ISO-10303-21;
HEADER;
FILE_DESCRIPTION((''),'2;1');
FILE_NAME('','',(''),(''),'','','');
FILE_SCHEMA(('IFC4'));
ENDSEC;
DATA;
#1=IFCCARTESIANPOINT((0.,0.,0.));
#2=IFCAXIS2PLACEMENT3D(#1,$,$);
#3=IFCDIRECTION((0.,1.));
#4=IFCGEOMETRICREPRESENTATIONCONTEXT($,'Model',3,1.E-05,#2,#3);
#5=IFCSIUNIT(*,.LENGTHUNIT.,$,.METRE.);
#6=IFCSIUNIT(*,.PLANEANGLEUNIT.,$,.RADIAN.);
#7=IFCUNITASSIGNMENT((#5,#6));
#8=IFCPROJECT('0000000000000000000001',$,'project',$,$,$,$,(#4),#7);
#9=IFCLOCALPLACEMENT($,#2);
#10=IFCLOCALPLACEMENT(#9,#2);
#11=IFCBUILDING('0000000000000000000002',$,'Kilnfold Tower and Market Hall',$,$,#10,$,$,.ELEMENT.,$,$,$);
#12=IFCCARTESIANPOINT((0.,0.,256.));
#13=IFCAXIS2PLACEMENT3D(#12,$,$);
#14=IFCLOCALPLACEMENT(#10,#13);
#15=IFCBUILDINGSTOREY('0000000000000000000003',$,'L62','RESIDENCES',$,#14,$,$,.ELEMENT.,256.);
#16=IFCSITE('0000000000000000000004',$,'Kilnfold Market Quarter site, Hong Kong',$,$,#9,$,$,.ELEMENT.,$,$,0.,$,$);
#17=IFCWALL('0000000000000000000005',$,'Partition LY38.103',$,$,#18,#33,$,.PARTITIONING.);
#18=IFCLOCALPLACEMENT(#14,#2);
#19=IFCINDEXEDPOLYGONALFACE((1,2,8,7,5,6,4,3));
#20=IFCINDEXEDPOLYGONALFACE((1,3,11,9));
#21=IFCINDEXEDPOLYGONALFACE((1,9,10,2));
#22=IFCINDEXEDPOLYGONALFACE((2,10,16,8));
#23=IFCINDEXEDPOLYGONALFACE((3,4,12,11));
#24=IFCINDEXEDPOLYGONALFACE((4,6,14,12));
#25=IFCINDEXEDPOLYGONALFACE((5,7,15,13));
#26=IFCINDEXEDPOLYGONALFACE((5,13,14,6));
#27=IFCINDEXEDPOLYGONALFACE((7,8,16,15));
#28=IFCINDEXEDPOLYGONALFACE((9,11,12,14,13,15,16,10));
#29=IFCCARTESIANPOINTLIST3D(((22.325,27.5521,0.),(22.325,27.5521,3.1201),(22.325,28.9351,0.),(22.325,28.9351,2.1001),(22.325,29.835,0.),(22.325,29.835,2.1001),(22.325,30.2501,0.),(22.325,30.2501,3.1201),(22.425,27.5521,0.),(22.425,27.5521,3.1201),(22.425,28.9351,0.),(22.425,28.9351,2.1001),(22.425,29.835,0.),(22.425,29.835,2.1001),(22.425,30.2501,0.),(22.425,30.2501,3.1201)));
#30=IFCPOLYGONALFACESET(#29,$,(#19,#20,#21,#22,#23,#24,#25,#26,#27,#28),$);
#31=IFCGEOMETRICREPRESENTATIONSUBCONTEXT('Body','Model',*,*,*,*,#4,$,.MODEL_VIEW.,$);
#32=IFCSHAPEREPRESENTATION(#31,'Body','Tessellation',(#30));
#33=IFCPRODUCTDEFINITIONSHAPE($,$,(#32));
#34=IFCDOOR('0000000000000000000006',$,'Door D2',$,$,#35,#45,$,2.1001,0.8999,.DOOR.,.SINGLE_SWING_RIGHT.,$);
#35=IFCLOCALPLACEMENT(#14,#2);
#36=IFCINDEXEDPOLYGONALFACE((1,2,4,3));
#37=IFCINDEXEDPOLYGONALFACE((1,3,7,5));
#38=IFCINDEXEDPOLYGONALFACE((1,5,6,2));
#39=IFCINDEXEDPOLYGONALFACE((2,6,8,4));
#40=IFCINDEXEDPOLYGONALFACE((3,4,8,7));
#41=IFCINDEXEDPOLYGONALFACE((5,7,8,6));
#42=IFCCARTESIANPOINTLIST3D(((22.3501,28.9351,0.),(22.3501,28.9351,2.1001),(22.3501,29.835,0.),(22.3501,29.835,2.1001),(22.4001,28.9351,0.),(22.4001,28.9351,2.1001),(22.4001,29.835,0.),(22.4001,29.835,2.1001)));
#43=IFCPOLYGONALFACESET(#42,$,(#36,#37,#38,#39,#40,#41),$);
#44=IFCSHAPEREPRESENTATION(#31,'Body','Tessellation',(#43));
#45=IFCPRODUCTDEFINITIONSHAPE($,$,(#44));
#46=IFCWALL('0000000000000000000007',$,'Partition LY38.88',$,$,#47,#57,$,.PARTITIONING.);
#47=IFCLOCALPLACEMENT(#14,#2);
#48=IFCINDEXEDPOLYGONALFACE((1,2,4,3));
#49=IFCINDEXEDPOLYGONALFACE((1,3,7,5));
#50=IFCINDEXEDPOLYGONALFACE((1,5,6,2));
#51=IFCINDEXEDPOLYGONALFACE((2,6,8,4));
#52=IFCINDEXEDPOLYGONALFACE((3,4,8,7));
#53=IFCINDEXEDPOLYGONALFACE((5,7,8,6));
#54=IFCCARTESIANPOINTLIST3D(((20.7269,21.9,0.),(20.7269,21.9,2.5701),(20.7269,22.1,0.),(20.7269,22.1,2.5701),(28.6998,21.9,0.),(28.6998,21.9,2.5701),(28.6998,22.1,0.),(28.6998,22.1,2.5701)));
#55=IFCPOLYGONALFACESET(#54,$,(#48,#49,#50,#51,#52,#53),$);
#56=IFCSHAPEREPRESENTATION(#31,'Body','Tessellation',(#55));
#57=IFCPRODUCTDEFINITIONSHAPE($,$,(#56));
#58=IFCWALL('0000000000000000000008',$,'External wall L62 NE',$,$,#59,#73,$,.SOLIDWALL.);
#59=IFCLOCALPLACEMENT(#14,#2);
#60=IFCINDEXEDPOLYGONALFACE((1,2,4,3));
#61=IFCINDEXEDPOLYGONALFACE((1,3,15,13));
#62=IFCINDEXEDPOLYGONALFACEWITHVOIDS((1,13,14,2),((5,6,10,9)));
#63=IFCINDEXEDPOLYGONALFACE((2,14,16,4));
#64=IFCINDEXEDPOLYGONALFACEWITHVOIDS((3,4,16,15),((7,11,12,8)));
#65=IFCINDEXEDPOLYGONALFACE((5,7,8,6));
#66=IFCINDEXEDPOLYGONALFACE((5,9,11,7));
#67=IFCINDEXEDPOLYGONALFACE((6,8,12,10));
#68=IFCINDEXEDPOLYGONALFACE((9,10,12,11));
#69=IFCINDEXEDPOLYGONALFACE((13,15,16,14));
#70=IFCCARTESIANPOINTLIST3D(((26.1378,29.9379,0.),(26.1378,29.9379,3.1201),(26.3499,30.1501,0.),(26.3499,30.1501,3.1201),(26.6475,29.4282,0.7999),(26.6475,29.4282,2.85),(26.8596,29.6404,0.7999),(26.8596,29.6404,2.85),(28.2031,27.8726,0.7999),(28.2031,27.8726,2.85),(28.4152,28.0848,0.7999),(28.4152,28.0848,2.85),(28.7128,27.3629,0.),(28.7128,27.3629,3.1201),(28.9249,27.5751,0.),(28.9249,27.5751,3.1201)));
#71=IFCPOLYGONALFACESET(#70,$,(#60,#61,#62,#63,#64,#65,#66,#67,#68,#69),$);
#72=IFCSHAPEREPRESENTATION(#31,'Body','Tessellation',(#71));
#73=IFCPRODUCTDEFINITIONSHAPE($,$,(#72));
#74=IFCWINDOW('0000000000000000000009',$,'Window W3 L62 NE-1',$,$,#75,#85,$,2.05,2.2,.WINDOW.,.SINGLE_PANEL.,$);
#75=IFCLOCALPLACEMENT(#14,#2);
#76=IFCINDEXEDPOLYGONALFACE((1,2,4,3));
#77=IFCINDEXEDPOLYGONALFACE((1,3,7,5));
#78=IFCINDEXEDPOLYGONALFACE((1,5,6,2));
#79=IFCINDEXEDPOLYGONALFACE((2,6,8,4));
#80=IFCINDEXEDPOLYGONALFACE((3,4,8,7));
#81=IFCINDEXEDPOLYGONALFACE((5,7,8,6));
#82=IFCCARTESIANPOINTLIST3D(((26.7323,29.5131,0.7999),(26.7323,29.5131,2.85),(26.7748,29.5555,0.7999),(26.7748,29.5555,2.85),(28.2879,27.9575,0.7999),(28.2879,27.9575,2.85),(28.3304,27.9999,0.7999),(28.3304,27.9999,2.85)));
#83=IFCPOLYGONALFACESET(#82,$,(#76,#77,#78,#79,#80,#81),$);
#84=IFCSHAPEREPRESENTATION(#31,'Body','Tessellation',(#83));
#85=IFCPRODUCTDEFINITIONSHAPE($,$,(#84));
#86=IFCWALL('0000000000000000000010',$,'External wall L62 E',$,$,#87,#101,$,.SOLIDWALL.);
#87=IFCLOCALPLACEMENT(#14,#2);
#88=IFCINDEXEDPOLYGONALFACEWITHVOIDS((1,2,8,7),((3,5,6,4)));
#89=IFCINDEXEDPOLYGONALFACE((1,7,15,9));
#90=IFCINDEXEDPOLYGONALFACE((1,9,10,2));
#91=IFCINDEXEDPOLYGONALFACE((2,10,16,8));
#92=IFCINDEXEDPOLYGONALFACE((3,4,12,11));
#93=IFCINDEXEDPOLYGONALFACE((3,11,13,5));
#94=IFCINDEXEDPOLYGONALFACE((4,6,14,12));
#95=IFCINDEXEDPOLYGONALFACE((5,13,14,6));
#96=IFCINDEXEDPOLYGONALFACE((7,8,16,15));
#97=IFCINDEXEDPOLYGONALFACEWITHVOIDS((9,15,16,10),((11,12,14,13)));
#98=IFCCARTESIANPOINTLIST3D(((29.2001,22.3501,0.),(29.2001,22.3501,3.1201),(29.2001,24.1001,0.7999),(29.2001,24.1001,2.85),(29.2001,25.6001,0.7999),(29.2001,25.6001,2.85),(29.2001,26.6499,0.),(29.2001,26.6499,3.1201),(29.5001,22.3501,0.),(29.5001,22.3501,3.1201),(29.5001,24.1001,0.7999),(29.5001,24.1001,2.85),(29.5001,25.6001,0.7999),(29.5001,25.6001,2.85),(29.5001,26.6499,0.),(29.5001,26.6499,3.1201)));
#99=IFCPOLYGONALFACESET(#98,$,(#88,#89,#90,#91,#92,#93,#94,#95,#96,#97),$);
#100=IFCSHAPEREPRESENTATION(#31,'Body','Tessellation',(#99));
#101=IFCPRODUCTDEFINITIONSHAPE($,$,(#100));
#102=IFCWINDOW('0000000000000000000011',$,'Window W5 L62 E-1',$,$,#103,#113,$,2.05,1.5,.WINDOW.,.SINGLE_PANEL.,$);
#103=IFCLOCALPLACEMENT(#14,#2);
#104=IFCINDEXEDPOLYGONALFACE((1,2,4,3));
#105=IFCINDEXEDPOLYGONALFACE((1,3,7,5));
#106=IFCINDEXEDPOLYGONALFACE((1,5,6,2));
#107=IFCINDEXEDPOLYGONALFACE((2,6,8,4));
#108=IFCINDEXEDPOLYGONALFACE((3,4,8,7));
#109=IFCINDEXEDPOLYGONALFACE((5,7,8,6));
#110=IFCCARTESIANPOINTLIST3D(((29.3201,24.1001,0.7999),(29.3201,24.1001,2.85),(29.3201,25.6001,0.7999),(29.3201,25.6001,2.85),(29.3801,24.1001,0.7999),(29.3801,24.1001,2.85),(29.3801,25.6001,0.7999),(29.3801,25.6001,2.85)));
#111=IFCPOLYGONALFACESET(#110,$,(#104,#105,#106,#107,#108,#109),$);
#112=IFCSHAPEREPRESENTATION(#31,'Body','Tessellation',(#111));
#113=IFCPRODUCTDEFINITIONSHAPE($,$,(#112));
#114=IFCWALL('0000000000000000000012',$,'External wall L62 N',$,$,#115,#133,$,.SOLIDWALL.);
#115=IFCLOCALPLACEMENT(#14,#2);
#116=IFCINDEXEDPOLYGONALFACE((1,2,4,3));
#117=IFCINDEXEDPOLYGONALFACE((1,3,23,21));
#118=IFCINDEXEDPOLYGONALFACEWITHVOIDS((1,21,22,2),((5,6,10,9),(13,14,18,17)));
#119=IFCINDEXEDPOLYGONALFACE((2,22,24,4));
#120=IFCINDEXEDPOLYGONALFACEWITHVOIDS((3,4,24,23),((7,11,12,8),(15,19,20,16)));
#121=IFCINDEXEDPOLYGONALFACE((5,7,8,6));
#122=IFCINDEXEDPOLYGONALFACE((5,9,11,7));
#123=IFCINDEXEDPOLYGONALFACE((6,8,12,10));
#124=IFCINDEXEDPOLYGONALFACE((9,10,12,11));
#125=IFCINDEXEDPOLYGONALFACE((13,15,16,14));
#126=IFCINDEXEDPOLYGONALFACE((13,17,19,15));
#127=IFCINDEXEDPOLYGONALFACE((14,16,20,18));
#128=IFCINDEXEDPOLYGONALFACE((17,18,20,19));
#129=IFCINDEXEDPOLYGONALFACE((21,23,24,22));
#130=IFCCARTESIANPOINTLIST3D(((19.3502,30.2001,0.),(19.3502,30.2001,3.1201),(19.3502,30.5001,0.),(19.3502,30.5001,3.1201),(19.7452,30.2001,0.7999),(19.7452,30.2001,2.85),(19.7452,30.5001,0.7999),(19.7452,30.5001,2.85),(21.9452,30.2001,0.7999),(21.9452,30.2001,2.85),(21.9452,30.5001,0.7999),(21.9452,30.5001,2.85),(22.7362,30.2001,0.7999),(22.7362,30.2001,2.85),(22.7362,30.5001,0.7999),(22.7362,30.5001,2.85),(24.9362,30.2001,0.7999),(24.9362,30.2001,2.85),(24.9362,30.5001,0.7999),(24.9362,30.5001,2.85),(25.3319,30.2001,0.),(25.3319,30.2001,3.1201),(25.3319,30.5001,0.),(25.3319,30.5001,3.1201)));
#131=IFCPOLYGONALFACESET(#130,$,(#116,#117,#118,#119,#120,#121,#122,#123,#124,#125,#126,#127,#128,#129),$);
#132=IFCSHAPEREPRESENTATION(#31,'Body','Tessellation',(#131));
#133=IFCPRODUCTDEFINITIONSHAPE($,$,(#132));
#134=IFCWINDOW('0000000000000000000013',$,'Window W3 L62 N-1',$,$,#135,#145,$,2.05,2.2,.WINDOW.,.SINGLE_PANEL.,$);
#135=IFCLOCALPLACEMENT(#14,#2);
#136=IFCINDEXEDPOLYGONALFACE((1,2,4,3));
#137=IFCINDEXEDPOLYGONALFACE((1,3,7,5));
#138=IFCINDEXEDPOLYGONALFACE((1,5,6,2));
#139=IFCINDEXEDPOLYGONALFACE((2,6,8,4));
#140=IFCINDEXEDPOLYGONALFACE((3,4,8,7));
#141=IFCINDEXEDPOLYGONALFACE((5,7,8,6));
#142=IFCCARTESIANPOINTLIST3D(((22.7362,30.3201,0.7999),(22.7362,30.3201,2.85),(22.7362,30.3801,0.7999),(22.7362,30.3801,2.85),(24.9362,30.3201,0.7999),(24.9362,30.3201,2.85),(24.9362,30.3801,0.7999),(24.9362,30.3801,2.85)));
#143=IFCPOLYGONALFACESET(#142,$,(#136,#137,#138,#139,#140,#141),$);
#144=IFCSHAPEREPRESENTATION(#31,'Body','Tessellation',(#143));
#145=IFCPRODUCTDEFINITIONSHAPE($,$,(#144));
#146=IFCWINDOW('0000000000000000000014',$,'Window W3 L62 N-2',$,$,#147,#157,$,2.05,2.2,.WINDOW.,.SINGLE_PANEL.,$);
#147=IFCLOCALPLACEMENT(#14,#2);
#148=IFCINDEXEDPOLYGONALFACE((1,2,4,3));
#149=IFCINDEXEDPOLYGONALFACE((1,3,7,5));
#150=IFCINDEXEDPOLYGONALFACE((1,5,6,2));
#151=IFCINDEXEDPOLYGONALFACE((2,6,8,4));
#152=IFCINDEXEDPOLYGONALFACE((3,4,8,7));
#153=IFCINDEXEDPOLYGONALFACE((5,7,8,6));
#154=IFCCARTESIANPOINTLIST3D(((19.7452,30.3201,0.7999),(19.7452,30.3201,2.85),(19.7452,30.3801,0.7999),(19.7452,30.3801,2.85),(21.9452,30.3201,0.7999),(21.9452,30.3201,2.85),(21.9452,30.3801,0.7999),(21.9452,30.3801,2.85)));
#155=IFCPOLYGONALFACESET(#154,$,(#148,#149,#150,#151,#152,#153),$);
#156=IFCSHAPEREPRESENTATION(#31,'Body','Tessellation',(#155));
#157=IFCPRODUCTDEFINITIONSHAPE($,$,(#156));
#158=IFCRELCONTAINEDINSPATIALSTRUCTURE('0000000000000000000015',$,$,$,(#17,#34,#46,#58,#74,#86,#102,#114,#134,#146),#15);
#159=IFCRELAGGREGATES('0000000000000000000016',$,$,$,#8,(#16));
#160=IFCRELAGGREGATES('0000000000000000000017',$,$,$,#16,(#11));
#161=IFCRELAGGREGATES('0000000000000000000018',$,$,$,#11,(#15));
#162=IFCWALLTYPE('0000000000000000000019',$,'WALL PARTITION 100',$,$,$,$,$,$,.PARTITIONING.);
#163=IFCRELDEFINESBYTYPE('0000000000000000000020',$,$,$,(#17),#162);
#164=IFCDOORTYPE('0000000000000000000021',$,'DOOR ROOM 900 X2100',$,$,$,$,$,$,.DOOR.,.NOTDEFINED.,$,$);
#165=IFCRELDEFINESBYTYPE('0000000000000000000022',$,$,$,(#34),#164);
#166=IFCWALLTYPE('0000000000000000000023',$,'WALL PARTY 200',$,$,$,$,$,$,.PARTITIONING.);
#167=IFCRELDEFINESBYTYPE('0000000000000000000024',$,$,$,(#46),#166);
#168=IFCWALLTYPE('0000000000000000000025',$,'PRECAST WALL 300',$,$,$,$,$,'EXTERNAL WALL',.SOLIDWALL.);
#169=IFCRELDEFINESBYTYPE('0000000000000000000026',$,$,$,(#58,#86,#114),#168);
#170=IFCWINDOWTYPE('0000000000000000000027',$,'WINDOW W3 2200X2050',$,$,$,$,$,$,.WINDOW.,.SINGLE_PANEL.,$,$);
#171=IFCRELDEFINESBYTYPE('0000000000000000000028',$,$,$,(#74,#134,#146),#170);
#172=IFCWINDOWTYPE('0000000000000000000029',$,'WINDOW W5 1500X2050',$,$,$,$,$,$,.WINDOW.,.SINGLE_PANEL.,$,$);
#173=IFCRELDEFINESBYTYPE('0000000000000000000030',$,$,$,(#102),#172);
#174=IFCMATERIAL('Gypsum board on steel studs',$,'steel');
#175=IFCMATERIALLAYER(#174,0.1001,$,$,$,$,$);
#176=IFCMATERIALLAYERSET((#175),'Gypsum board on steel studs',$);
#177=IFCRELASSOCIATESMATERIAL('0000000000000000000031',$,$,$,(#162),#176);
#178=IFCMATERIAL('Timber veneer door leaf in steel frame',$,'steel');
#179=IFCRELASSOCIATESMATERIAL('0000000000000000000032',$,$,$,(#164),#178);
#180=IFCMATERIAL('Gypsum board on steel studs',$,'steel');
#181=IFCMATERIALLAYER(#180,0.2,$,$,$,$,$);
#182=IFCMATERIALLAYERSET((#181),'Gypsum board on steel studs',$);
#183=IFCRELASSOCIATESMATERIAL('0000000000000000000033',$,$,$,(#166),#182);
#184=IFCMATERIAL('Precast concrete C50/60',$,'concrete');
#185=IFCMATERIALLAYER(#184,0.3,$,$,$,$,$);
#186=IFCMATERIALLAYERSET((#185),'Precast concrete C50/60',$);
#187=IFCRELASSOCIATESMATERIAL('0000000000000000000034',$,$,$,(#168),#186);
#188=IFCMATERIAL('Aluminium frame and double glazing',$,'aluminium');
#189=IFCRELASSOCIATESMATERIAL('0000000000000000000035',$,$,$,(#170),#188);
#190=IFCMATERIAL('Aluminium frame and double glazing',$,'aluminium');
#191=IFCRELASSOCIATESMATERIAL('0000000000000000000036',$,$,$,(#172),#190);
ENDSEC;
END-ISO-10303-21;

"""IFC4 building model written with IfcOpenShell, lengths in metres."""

from ifc_helpers import new_model, si_unit, direction, frame, frame_2d, origin, place, context, subcontext, project, spatial, rectangle, extrude, source, transform, mapped, material, layer, layer_set, type_object, element, fill, save


model = new_model("IFC4")

# Units and contexts
model_context = context("Model", 3, precision=1e-05, world=origin(), true_north=direction((0.0, 1.0)))
body_context = subcontext(model_context, "Body", "Model", "MODEL_VIEW")
ifc_project = project(units=[si_unit("LENGTHUNIT", "METRE"), si_unit("PLANEANGLEUNIT", "RADIAN")], contexts=[model_context])

# Site, building, storey
site_placement = place(None, origin())
site = spatial("IfcSite", under=ifc_project, at=site_placement, Name="Kilnfold Market Quarter site, Hong Kong", CompositionType="ELEMENT", RefElevation=0.0)
building_placement = place(site_placement, origin())
building = spatial("IfcBuilding", under=site, at=building_placement, Name="Kilnfold Tower and Market Hall", CompositionType="ELEMENT")
storey_placement = place(building_placement, frame((0.0, 0.0, 256.0)))
storey = spatial("IfcBuildingStorey", under=building, at=storey_placement, Name="L62", Description="RESIDENCES", CompositionType="ELEMENT", Elevation=256.0)

# Shared definitions
ifc_material_1 = material(Name="Gypsum board on steel studs", Category="steel")
ifc_layer_1 = layer(ifc_material_1, 0.1001)
ifc_layer_set_1 = layer_set([ifc_layer_1], Name="Gypsum board on steel studs")
wall_type_1 = type_object("IfcWallType", Name="WALL PARTITION 100", PredefinedType="PARTITIONING", material=ifc_layer_set_1)

# Wall, opening, door
wall_1_placement = place(storey_placement, frame((22.375, 27.552, 0.0), z_axis=(0.0, 0.0, 1.0), x_axis=(0.0, 1.0, 0.0)))
wall_1 = element("IfcWall", 1, at=wall_1_placement, inside=storey, type_object=wall_type_1, Name="Partition LY38.103", PredefinedType="PARTITIONING", context=body_context, shape_type="SweptSolid", body=[
    extrude(rectangle(XDim=2.698, YDim=0.1001, at=frame_2d((1.3491, 0.0))), origin(), (0.0, 0.0, 1.0), 3.1201),
])
opening_1_placement = place(wall_1_placement, frame((1.3831, 0.0, 0.0)))
opening_1 = element("IfcOpeningElement", 2, at=opening_1_placement, cuts=wall_1, PredefinedType="OPENING", context=body_context, shape_type="SweptSolid", body=[
    extrude(rectangle(XDim=0.8999, YDim=2.1001, at=frame_2d((0.45, 1.05))), frame((0.0, 0.0601, 0.0), z_axis=(0.0, -1.0, 0.0), x_axis=(1.0, 0.0, 0.0)), (0.0, 0.0, 1.0), 0.1201),
])
ifc_material_2 = material(Name="Timber veneer door leaf in steel frame", Category="steel")
door_type = type_object("IfcDoorType", Name="DOOR ROOM 900 X2100", OperationType="NOTDEFINED", PredefinedType="DOOR", material=ifc_material_2)
door_placement = place(opening_1_placement, origin())
door = element("IfcDoor", 3, at=door_placement, inside=storey, type_object=door_type, Name="Door D2", OperationType="SINGLE_SWING_RIGHT", OverallHeight=2.1001, OverallWidth=0.8999, PredefinedType="DOOR", context=body_context, shape_type="SweptSolid", body=[
    extrude(rectangle(XDim=0.8999, YDim=2.1001, at=frame_2d((0.45, 1.05))), frame((0.0, 0.0249, 0.0), z_axis=(0.0, -1.0, 0.0), x_axis=(1.0, 0.0, 0.0)), (0.0, 0.0, 1.0), 0.05),
])
fill(opening_1, door)

# Wall
ifc_material_3 = material(Name="Gypsum board on steel studs", Category="steel")
ifc_layer_2 = layer(ifc_material_3, 0.2)
ifc_layer_set_2 = layer_set([ifc_layer_2], Name="Gypsum board on steel studs")
wall_type_2 = type_object("IfcWallType", Name="WALL PARTY 200", PredefinedType="PARTITIONING", material=ifc_layer_set_2)
wall_2_placement = place(storey_placement, frame((20.7271, 22.0, 0.0), z_axis=(0.0, 0.0, 1.0), x_axis=(1.0, 0.0, 0.0)))
element("IfcWall", 4, at=wall_2_placement, inside=storey, type_object=wall_type_2, Name="Partition LY38.88", PredefinedType="PARTITIONING", context=body_context, shape_type="SweptSolid", body=[
    extrude(rectangle(XDim=7.9729, YDim=0.2, at=frame_2d((3.9863, 0.0))), origin(), (0.0, 0.0, 1.0), 2.5701),
])

# Walls, openings, windows
ifc_material_4 = material(Name="Precast concrete C50/60", Category="concrete")
ifc_layer_3 = layer(ifc_material_4, 0.3)
ifc_layer_set_3 = layer_set([ifc_layer_3], Name="Precast concrete C50/60")
wall_type_3 = type_object("IfcWallType", Name="PRECAST WALL 300", ElementType="EXTERNAL WALL", PredefinedType="SOLIDWALL", material=ifc_layer_set_3)
shared_shape_1 = source(origin(), body_context, "Body", "SweptSolid", [
    extrude(rectangle(XDim=3.6416, YDim=0.3, at=frame_2d((1.8208, 0.0))), origin(), (0.0, 0.0, 1.0), 3.1201),
])
wall_3_placement = place(storey_placement, frame((28.8188, 27.469, 0.0), z_axis=(0.0, 0.0, 1.0), x_axis=(-0.707107, 0.707107, 0.0)))
wall_3 = element("IfcWall", 5, at=wall_3_placement, inside=storey, type_object=wall_type_3, Name="External wall L62 NE", PredefinedType="SOLIDWALL", context=body_context, shape_type="MappedRepresentation", body=[
    mapped(shared_shape_1, transform((0.0, 0.0, 0.0))),
])
opening_2_placement = place(wall_3_placement, frame((0.7207, 0.0, 0.8)))
opening_2 = element("IfcOpeningElement", 6, at=opening_2_placement, cuts=wall_3, PredefinedType="OPENING", context=body_context, shape_type="SweptSolid", body=[
    extrude(rectangle(XDim=2.2, YDim=2.05, at=frame_2d((1.1001, 1.0249))), frame((0.0, 0.1602, 0.0), z_axis=(0.0, -1.0, 0.0), x_axis=(1.0, 0.0, 0.0)), (0.0, 0.0, 1.0), 0.3201),
])
ifc_material_5 = material(Name="Aluminium frame and double glazing", Category="aluminium")
window_type_1 = type_object("IfcWindowType", Name="WINDOW W3 2200X2050", PartitioningType="SINGLE_PANEL", PredefinedType="WINDOW", material=ifc_material_5)
window_1_placement = place(opening_2_placement, origin())
window_1 = element("IfcWindow", 7, at=window_1_placement, inside=storey, type_object=window_type_1, Name="Window W3 L62 NE-1", OverallHeight=2.05, OverallWidth=2.2, PartitioningType="SINGLE_PANEL", PredefinedType="WINDOW", context=body_context, shape_type="SweptSolid", body=[
    extrude(rectangle(XDim=2.2, YDim=2.05, at=frame_2d((1.1001, 1.0249))), frame((0.0, 0.03, 0.0), z_axis=(0.0, -1.0, 0.0), x_axis=(1.0, 0.0, 0.0)), (0.0, 0.0, 1.0), 0.0601),
])
fill(opening_2, window_1)
shared_shape_2 = source(origin(), body_context, "Body", "SweptSolid", [
    extrude(rectangle(XDim=4.2998, YDim=0.3, at=frame_2d((2.1499, 0.0))), origin(), (0.0, 0.0, 1.0), 3.1201),
])
wall_4_placement = place(storey_placement, frame((29.3501, 22.3501, 0.0), z_axis=(0.0, 0.0, 1.0), x_axis=(0.0, 1.0, 0.0)))
wall_4 = element("IfcWall", 8, at=wall_4_placement, inside=storey, type_object=wall_type_3, Name="External wall L62 E", PredefinedType="SOLIDWALL", context=body_context, shape_type="MappedRepresentation", body=[
    mapped(shared_shape_2, transform((0.0, 0.0, 0.0))),
])
opening_3_placement = place(wall_4_placement, frame((1.75, 0.0, 0.8)))
opening_3 = element("IfcOpeningElement", 9, at=opening_3_placement, cuts=wall_4, PredefinedType="OPENING", context=body_context, shape_type="SweptSolid", body=[
    extrude(rectangle(XDim=1.5, YDim=2.05, at=frame_2d((0.75, 1.0249))), frame((0.0, 0.1602, 0.0), z_axis=(0.0, -1.0, 0.0), x_axis=(1.0, 0.0, 0.0)), (0.0, 0.0, 1.0), 0.3201),
])
ifc_material_6 = material(Name="Aluminium frame and double glazing", Category="aluminium")
window_type_2 = type_object("IfcWindowType", Name="WINDOW W5 1500X2050", PartitioningType="SINGLE_PANEL", PredefinedType="WINDOW", material=ifc_material_6)
window_2_placement = place(opening_3_placement, origin())
window_2 = element("IfcWindow", 10, at=window_2_placement, inside=storey, type_object=window_type_2, Name="Window W5 L62 E-1", OverallHeight=2.05, OverallWidth=1.5, PartitioningType="SINGLE_PANEL", PredefinedType="WINDOW", context=body_context, shape_type="SweptSolid", body=[
    extrude(rectangle(XDim=1.5, YDim=2.05, at=frame_2d((0.75, 1.0249))), frame((0.0, 0.03, 0.0), z_axis=(0.0, -1.0, 0.0), x_axis=(1.0, 0.0, 0.0)), (0.0, 0.0, 1.0), 0.0601),
])
fill(opening_3, window_2)

# Wall, openings, windows
shared_shape_3 = source(origin(), body_context, "Body", "SweptSolid", [
    extrude(rectangle(XDim=5.9817, YDim=0.3, at=frame_2d((2.9907, 0.0))), origin(), (0.0, 0.0, 1.0), 3.1201),
])
wall_5_placement = place(storey_placement, frame((25.3318, 30.3501, 0.0), z_axis=(0.0, 0.0, 1.0), x_axis=(-1.0, 0.0, 0.0)))
wall_5 = element("IfcWall", 11, at=wall_5_placement, inside=storey, type_object=wall_type_3, Name="External wall L62 N", PredefinedType="SOLIDWALL", context=body_context, shape_type="MappedRepresentation", body=[
    mapped(shared_shape_3, transform((0.0, 0.0, 0.0))),
])
opening_4_placement = place(wall_5_placement, frame((0.3955, 0.0, 0.8)))
opening_4 = element("IfcOpeningElement", 12, at=opening_4_placement, cuts=wall_5, PredefinedType="OPENING", context=body_context, shape_type="SweptSolid", body=[
    extrude(rectangle(XDim=2.2, YDim=2.05, at=frame_2d((1.1001, 1.0249))), frame((0.0, 0.1602, 0.0), z_axis=(0.0, -1.0, 0.0), x_axis=(1.0, 0.0, 0.0)), (0.0, 0.0, 1.0), 0.3201),
])
opening_5_placement = place(wall_5_placement, frame((3.3865, 0.0, 0.8)))
opening_5 = element("IfcOpeningElement", 13, at=opening_5_placement, cuts=wall_5, PredefinedType="OPENING", context=body_context, shape_type="SweptSolid", body=[
    extrude(rectangle(XDim=2.2, YDim=2.05, at=frame_2d((1.1001, 1.0249))), frame((0.0, 0.1602, 0.0), z_axis=(0.0, -1.0, 0.0), x_axis=(1.0, 0.0, 0.0)), (0.0, 0.0, 1.0), 0.3201),
])
window_3_placement = place(opening_4_placement, origin())
window_3 = element("IfcWindow", 14, at=window_3_placement, inside=storey, type_object=window_type_1, Name="Window W3 L62 N-1", OverallHeight=2.05, OverallWidth=2.2, PartitioningType="SINGLE_PANEL", PredefinedType="WINDOW", context=body_context, shape_type="SweptSolid", body=[
    extrude(rectangle(XDim=2.2, YDim=2.05, at=frame_2d((1.1001, 1.0249))), frame((0.0, 0.03, 0.0), z_axis=(0.0, -1.0, 0.0), x_axis=(1.0, 0.0, 0.0)), (0.0, 0.0, 1.0), 0.0601),
])
fill(opening_4, window_3)
window_4_placement = place(opening_5_placement, origin())
window_4 = element("IfcWindow", 15, at=window_4_placement, inside=storey, type_object=window_type_1, Name="Window W3 L62 N-2", OverallHeight=2.05, OverallWidth=2.2, PartitioningType="SINGLE_PANEL", PredefinedType="WINDOW", context=body_context, shape_type="SweptSolid", body=[
    extrude(rectangle(XDim=2.2, YDim=2.05, at=frame_2d((1.1001, 1.0249))), frame((0.0, 0.03, 0.0), z_axis=(0.0, -1.0, 0.0), x_axis=(1.0, 0.0, 0.0)), (0.0, 0.0, 1.0), 0.0601),
])
fill(opening_5, window_4)

save(model, "model.ifc")
